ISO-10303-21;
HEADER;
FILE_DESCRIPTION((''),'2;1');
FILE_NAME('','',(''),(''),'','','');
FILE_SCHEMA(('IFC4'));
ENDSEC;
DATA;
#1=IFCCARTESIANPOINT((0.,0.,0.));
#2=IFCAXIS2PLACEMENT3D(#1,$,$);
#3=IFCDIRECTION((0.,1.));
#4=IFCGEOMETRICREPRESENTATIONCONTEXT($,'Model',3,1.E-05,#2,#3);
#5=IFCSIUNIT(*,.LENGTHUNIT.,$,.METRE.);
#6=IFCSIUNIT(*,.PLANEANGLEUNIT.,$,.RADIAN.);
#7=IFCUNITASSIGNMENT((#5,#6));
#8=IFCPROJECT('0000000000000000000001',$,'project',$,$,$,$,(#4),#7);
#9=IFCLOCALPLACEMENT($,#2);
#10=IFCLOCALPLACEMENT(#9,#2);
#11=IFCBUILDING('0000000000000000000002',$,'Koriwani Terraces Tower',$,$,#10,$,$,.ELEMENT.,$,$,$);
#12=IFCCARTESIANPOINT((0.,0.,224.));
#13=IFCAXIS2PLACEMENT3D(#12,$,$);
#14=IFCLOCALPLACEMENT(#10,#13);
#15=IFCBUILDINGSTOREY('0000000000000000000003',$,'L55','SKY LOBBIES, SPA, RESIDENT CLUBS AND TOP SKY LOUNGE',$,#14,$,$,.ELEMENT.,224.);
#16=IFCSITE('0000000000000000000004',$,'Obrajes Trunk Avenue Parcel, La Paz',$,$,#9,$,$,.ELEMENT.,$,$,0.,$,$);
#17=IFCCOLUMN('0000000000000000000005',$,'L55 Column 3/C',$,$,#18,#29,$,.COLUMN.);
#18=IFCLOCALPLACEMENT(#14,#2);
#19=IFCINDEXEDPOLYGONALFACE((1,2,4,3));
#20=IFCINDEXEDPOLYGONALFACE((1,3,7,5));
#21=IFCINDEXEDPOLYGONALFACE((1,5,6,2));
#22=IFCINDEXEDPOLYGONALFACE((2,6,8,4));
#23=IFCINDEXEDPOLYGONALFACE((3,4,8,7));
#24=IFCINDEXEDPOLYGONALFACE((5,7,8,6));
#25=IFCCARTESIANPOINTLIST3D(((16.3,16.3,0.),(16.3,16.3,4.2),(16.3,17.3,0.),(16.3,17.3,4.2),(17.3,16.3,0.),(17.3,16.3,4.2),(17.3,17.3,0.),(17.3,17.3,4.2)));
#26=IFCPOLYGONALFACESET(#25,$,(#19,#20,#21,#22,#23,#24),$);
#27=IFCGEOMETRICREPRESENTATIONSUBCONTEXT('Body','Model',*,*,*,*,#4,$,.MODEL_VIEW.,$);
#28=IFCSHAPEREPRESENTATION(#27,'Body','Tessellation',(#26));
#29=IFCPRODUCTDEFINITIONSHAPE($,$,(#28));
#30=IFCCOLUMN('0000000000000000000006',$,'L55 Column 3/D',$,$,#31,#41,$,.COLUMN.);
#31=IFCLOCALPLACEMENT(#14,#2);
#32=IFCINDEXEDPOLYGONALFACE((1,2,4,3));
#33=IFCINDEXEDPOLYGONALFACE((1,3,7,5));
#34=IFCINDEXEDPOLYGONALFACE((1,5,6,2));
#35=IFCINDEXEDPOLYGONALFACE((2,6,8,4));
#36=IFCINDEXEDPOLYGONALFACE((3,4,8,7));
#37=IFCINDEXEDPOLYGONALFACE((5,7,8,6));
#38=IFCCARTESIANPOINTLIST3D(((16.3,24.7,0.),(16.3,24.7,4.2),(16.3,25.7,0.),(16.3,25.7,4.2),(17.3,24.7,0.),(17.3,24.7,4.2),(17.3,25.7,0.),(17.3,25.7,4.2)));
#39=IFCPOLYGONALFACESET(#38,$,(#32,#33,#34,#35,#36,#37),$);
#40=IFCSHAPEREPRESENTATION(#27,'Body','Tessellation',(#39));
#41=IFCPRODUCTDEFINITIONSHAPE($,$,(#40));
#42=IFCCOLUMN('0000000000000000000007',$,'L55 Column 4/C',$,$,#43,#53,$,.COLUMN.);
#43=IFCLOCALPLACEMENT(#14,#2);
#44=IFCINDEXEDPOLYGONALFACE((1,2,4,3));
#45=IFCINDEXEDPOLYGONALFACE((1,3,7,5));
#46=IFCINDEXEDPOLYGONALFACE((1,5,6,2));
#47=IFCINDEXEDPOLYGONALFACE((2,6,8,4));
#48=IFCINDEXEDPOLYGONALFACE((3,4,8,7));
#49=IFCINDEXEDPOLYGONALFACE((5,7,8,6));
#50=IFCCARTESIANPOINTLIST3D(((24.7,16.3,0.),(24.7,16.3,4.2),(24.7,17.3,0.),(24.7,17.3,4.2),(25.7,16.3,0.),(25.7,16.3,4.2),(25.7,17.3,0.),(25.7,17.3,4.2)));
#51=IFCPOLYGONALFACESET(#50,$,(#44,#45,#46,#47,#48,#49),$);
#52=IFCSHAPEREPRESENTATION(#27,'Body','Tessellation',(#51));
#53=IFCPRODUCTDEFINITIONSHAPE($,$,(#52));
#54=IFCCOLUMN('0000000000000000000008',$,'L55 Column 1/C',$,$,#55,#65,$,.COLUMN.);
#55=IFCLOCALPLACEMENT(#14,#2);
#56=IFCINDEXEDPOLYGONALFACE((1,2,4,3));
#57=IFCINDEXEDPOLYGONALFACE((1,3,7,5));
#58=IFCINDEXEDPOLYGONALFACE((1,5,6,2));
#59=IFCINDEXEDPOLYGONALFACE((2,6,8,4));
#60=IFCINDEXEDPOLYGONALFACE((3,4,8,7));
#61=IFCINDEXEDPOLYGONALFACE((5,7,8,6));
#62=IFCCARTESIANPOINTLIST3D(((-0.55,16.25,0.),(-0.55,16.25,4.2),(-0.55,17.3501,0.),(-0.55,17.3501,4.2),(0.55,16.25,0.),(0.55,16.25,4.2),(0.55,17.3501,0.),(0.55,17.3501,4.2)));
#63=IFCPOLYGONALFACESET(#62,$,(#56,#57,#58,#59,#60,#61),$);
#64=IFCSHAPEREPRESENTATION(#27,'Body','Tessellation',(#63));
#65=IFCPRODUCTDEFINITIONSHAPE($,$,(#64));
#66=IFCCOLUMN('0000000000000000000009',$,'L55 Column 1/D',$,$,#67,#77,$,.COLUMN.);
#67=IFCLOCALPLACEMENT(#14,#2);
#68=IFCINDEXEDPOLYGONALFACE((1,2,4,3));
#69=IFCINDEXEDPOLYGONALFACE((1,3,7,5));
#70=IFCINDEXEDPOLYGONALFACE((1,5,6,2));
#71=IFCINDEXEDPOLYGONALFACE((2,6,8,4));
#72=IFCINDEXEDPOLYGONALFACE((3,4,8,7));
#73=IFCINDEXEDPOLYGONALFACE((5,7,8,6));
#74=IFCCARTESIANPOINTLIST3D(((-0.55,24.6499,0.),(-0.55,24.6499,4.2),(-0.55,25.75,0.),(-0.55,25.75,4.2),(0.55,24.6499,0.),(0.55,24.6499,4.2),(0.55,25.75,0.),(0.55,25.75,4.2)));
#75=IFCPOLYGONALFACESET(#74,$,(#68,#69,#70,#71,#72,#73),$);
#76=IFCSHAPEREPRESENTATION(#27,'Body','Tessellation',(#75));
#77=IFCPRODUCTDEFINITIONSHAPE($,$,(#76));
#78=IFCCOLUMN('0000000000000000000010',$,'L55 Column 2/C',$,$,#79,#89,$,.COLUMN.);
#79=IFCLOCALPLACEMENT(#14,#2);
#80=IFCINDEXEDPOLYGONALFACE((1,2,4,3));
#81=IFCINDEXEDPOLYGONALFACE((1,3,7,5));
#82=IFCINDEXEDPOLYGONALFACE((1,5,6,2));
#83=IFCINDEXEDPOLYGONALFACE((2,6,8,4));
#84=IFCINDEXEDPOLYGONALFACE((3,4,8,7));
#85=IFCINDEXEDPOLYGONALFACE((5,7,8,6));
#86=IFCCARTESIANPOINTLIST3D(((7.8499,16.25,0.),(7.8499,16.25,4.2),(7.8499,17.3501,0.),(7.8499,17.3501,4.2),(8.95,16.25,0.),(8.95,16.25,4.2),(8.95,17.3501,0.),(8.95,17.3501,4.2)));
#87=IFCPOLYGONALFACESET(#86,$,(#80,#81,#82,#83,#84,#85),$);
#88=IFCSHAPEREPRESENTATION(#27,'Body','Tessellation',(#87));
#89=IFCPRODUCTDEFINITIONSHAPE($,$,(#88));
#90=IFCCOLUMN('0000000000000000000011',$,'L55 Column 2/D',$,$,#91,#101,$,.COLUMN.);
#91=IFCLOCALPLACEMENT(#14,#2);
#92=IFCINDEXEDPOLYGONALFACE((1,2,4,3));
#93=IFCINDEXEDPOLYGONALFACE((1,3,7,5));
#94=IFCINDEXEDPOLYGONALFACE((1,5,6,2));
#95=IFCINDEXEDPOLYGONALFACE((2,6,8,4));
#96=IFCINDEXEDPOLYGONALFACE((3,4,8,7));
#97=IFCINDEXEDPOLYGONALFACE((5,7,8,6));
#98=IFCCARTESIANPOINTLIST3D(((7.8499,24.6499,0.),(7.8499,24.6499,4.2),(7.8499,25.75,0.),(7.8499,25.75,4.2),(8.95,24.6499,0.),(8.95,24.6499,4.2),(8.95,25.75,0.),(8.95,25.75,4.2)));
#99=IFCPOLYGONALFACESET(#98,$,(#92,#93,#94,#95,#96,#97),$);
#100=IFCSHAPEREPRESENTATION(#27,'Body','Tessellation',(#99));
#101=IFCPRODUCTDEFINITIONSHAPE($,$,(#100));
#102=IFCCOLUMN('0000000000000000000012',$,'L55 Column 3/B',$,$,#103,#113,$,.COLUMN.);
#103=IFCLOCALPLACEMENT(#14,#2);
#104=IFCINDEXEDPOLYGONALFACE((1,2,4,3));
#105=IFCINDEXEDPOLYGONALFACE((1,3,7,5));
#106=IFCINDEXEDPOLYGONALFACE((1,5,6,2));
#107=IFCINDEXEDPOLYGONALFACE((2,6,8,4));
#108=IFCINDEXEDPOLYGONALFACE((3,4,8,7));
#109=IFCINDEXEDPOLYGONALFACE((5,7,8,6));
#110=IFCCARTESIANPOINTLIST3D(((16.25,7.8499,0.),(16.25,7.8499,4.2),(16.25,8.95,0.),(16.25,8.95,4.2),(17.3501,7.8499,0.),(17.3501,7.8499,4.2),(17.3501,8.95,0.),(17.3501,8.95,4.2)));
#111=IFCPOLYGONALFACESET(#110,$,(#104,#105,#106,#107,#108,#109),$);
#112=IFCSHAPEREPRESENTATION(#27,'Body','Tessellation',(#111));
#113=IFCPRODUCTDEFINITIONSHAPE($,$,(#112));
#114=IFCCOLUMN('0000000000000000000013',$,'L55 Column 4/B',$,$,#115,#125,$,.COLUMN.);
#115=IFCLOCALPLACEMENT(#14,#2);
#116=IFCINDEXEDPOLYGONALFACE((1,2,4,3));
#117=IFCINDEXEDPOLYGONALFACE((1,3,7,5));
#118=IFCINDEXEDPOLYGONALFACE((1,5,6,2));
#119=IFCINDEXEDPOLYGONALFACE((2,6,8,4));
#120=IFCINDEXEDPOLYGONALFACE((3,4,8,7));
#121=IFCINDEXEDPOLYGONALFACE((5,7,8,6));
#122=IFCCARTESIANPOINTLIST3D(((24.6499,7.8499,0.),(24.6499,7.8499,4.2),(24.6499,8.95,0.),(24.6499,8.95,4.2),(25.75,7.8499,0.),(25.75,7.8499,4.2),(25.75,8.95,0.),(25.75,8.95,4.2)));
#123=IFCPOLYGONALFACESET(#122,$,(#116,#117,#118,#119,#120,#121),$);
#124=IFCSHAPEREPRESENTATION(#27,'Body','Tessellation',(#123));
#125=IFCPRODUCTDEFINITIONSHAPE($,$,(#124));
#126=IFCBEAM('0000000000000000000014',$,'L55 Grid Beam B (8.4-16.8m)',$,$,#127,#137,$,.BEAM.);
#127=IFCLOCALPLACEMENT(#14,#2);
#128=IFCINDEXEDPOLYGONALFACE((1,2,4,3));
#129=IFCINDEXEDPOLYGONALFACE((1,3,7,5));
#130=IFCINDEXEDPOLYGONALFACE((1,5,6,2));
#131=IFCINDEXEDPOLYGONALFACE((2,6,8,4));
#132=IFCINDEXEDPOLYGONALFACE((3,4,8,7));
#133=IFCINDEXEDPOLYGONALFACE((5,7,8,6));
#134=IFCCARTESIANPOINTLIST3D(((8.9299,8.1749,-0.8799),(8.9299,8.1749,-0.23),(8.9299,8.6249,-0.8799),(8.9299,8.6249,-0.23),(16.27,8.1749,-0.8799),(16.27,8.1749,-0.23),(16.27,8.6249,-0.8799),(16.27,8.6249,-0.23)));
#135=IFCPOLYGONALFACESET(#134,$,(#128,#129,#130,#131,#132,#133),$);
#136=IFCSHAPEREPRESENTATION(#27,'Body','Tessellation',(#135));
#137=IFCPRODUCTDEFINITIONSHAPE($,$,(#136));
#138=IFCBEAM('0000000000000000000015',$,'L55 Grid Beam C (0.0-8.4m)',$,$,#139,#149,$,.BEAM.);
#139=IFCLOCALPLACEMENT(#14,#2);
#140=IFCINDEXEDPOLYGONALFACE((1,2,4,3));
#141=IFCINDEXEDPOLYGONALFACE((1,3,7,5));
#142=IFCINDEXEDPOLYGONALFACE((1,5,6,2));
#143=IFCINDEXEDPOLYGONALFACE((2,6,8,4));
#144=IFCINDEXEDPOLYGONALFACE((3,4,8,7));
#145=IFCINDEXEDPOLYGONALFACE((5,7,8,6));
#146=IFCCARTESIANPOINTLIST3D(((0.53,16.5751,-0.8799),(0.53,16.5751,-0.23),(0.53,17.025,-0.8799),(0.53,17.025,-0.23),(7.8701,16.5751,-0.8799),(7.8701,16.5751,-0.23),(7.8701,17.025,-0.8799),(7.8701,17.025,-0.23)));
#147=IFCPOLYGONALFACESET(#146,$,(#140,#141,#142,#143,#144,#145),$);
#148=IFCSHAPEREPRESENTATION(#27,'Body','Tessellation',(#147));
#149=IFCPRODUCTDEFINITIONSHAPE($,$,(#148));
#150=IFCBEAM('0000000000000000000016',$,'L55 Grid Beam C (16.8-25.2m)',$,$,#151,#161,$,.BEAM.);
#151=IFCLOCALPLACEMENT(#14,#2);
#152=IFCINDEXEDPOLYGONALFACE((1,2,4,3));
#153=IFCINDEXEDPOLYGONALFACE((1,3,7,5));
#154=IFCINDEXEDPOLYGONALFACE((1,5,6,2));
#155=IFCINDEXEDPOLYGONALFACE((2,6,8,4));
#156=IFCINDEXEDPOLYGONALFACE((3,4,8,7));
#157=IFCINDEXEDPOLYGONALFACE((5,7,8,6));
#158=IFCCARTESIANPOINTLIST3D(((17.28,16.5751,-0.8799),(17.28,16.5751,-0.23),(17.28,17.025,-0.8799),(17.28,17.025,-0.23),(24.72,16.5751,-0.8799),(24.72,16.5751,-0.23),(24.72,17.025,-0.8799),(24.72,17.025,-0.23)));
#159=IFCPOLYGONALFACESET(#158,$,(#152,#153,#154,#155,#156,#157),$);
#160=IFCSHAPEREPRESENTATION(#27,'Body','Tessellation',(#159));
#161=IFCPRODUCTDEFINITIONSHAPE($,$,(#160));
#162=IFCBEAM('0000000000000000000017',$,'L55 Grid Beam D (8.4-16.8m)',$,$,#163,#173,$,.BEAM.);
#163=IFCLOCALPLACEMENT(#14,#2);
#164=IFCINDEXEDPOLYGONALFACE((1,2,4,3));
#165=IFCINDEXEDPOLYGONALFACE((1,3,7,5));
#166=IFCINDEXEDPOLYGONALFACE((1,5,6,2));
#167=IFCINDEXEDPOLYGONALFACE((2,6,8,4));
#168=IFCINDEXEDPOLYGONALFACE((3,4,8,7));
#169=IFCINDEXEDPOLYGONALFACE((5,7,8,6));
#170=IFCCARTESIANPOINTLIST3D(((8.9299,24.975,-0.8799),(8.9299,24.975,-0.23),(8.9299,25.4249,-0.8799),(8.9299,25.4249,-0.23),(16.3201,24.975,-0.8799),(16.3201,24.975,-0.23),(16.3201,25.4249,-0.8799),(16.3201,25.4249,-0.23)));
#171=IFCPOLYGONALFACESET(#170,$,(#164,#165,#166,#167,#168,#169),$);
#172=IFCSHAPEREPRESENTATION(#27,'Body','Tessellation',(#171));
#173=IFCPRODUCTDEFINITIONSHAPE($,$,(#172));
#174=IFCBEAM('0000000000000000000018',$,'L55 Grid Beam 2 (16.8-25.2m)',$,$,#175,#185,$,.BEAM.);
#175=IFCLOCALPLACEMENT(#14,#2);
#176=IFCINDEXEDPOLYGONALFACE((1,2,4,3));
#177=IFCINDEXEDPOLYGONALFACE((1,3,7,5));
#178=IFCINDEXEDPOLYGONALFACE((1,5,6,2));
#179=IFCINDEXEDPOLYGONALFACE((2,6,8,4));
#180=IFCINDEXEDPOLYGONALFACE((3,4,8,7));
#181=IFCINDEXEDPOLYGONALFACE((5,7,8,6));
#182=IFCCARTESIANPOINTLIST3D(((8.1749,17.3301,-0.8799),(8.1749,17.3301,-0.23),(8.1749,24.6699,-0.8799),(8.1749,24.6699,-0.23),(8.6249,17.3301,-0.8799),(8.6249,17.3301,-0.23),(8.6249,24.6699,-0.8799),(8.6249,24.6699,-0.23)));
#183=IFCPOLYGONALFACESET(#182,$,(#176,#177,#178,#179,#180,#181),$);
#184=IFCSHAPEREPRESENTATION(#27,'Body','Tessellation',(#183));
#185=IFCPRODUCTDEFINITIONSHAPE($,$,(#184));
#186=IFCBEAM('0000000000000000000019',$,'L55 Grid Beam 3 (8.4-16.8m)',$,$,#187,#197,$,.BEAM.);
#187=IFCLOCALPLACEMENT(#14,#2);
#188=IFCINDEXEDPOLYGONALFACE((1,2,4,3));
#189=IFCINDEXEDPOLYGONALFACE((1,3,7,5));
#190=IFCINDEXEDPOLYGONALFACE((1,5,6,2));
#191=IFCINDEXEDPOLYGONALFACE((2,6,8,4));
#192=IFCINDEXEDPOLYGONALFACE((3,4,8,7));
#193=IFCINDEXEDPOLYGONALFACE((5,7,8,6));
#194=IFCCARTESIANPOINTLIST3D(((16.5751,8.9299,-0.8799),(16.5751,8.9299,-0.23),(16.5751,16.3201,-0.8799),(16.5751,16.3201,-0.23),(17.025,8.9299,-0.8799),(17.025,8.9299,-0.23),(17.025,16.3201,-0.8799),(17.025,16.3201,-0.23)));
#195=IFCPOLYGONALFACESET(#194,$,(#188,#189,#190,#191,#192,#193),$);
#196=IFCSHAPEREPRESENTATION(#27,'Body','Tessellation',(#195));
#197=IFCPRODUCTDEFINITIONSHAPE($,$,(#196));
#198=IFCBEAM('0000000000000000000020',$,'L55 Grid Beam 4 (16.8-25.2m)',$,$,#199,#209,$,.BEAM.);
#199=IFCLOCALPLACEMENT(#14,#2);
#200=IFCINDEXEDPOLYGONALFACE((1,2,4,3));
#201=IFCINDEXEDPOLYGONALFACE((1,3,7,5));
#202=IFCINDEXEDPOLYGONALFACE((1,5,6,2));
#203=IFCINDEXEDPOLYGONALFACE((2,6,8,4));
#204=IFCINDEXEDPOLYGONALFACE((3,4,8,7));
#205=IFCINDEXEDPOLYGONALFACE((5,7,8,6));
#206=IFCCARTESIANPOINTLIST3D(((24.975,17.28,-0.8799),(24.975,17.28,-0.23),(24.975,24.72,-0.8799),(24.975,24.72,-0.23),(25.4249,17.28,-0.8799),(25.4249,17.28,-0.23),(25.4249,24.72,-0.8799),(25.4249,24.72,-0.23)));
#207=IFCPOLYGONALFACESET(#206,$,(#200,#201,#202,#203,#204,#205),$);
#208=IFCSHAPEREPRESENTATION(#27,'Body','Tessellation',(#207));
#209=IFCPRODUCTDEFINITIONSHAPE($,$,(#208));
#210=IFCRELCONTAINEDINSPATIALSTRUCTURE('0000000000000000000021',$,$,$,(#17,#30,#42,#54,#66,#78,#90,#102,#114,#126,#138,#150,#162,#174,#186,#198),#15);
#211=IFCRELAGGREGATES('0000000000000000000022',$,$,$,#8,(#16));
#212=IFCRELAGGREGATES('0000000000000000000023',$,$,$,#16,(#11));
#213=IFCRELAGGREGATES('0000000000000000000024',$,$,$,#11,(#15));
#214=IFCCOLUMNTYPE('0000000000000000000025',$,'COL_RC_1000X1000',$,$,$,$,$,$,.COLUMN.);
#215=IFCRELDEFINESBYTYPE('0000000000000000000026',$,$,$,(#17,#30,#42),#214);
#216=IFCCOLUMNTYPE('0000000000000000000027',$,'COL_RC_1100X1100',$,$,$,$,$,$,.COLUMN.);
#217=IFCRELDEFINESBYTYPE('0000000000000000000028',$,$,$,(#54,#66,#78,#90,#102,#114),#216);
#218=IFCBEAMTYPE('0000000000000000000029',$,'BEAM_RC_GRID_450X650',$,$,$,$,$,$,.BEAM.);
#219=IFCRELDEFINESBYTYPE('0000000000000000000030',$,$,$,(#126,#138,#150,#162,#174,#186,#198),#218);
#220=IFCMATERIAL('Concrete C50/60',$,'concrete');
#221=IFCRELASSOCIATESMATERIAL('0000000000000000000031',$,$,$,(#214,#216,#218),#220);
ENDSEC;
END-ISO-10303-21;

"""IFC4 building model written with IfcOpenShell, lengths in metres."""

from ifc_helpers import new_model, si_unit, direction, frame, origin, origin_2d, place, context, subcontext, project, spatial, rectangle, extrude, material, material_profile, profile_set, type_object, element, save


model = new_model("IFC4")

# Units and contexts
model_context = context("Model", 3, precision=1e-05, world=origin(), true_north=direction((0.0, 1.0)))
body_context = subcontext(model_context, "Body", "Model", "MODEL_VIEW")
ifc_project = project(units=[si_unit("LENGTHUNIT", "METRE"), si_unit("PLANEANGLEUNIT", "RADIAN")], contexts=[model_context])

# Site, building, storey
site_placement = place(None, origin())
site = spatial("IfcSite", under=ifc_project, at=site_placement, Name="Obrajes Trunk Avenue Parcel, La Paz", CompositionType="ELEMENT", RefElevation=0.0)
building_placement = place(site_placement, origin())
building = spatial("IfcBuilding", under=site, at=building_placement, Name="Koriwani Terraces Tower", CompositionType="ELEMENT")
storey_placement = place(building_placement, frame((0.0, 0.0, 224.0)))
storey = spatial("IfcBuildingStorey", under=building, at=storey_placement, Name="L55", Description="SKY LOBBIES, SPA, RESIDENT CLUBS AND TOP SKY LOUNGE", CompositionType="ELEMENT", Elevation=224.0)

# Columns
ifc_material_1 = material(Name="Concrete C50/60", Category="concrete")
ifc_material_profile_1 = material_profile(ifc_material_1, rectangle(XDim=1.0, YDim=1.0, at=origin_2d()), Name="Concrete C50/60", Category="LoadBearing")
ifc_profile_set_1 = profile_set([ifc_material_profile_1], Name="Concrete C50/60")
column_type_1 = type_object("IfcColumnType", Name="COL_RC_1000X1000", PredefinedType="COLUMN", material=ifc_profile_set_1)
for number, where, z_axis, x_axis, name in (
    (1, (16.8, 16.8, 0.0), (0.0, 0.0, 1.0), (1.0, 0.0, 0.0), "L55 Column 3/C"),
    (2, (16.8, 25.2, 0.0), (0.0, 0.0, 1.0), (1.0, 0.0, 0.0), "L55 Column 3/D"),
    (3, (25.2, 16.8, 0.0), (0.0, 0.0, 1.0), (1.0, 0.0, 0.0), "L55 Column 4/C"),
):
    element("IfcColumn", number, at=place(storey_placement, frame(where, z_axis=z_axis, x_axis=x_axis)), inside=storey, type_object=column_type_1, Name=name, PredefinedType="COLUMN", context=body_context, shape_type="SweptSolid", body=[
        extrude(rectangle(XDim=1.0, YDim=1.0, at=origin_2d()), origin(), (0.0, 0.0, 1.0), 4.2),
    ])
ifc_material_profile_2 = material_profile(ifc_material_1, rectangle(XDim=1.1001, YDim=1.1001, at=origin_2d()), Name="Concrete C50/60", Category="LoadBearing")
ifc_profile_set_2 = profile_set([ifc_material_profile_2], Name="Concrete C50/60")
column_type_2 = type_object("IfcColumnType", Name="COL_RC_1100X1100", PredefinedType="COLUMN", material=ifc_profile_set_2)
for number, where, z_axis, x_axis, name in (
    (4, (0.0, 16.8, 0.0), (0.0, 0.0, 1.0), (1.0, 0.0, 0.0), "L55 Column 1/C"),
    (5, (0.0, 25.2, 0.0), (0.0, 0.0, 1.0), (1.0, 0.0, 0.0), "L55 Column 1/D"),
    (6, (8.3999, 16.8, 0.0), (0.0, 0.0, 1.0), (1.0, 0.0, 0.0), "L55 Column 2/C"),
    (7, (8.3999, 25.2, 0.0), (0.0, 0.0, 1.0), (1.0, 0.0, 0.0), "L55 Column 2/D"),
    (8, (16.8, 8.3999, 0.0), (0.0, 0.0, 1.0), (1.0, 0.0, 0.0), "L55 Column 3/B"),
    (9, (25.2, 8.3999, 0.0), (0.0, 0.0, 1.0), (1.0, 0.0, 0.0), "L55 Column 4/B"),
):
    element("IfcColumn", number, at=place(storey_placement, frame(where, z_axis=z_axis, x_axis=x_axis)), inside=storey, type_object=column_type_2, Name=name, PredefinedType="COLUMN", context=body_context, shape_type="SweptSolid", body=[
        extrude(rectangle(XDim=1.1001, YDim=1.1001, at=origin_2d()), origin(), (0.0, 0.0, 1.0), 4.2),
    ])

# Beams
ifc_material_profile_3 = material_profile(ifc_material_1, rectangle(XDim=0.45, YDim=0.6499, at=origin_2d()), Name="Concrete C50/60", Category="LoadBearing")
ifc_profile_set_3 = profile_set([ifc_material_profile_3], Name="Concrete C50/60")
beam_type_1 = type_object("IfcBeamType", Name="BEAM_RC_GRID_450X650", PredefinedType="BEAM", material=ifc_profile_set_3)
for number, where, z_axis, x_axis, name in (
    (10, (8.9299, 8.3999, -0.5549), (1.0, 0.0, 0.0), (0.0, 1.0, 0.0), "L55 Grid Beam B (8.4-16.8m)"),
    (11, (0.53, 16.8, -0.5549), (1.0, 0.0, 0.0), (0.0, 1.0, 0.0), "L55 Grid Beam C (0.0-8.4m)"),
):
    element("IfcBeam", number, at=place(storey_placement, frame(where, z_axis=z_axis, x_axis=x_axis)), inside=storey, type_object=beam_type_1, Name=name, PredefinedType="BEAM", context=body_context, shape_type="SweptSolid", body=[
        extrude(rectangle(XDim=0.45, YDim=0.6499, at=origin_2d()), origin(), (0.0, 0.0, 1.0), 7.3401),
    ])
beam_1_placement = place(storey_placement, frame((17.28, 16.8, -0.5549), z_axis=(1.0, 0.0, 0.0), x_axis=(0.0, 1.0, 0.0)))
element("IfcBeam", 12, at=beam_1_placement, inside=storey, type_object=beam_type_1, Name="L55 Grid Beam C (16.8-25.2m)", PredefinedType="BEAM", context=body_context, shape_type="SweptSolid", body=[
    extrude(rectangle(XDim=0.45, YDim=0.6499, at=origin_2d()), origin(), (0.0, 0.0, 1.0), 7.4399),
])
beam_2_placement = place(storey_placement, frame((8.9299, 25.2, -0.5549), z_axis=(1.0, 0.0, 0.0), x_axis=(0.0, 1.0, 0.0)))
element("IfcBeam", 13, at=beam_2_placement, inside=storey, type_object=beam_type_1, Name="L55 Grid Beam D (8.4-16.8m)", PredefinedType="BEAM", context=body_context, shape_type="SweptSolid", body=[
    extrude(rectangle(XDim=0.45, YDim=0.6499, at=origin_2d()), origin(), (0.0, 0.0, 1.0), 7.3901),
])
beam_3_placement = place(storey_placement, frame((8.3999, 17.3301, -0.5549), z_axis=(0.0, 1.0, 0.0), x_axis=(-1.0, 0.0, 0.0)))
element("IfcBeam", 14, at=beam_3_placement, inside=storey, type_object=beam_type_1, Name="L55 Grid Beam 2 (16.8-25.2m)", PredefinedType="BEAM", context=body_context, shape_type="SweptSolid", body=[
    extrude(rectangle(XDim=0.45, YDim=0.6499, at=origin_2d()), origin(), (0.0, 0.0, 1.0), 7.3398),
])
beam_4_placement = place(storey_placement, frame((16.8, 8.9299, -0.5549), z_axis=(0.0, 1.0, 0.0), x_axis=(-1.0, 0.0, 0.0)))
element("IfcBeam", 15, at=beam_4_placement, inside=storey, type_object=beam_type_1, Name="L55 Grid Beam 3 (8.4-16.8m)", PredefinedType="BEAM", context=body_context, shape_type="SweptSolid", body=[
    extrude(rectangle(XDim=0.45, YDim=0.6499, at=origin_2d()), origin(), (0.0, 0.0, 1.0), 7.3901),
])
beam_5_placement = place(storey_placement, frame((25.2, 17.28, -0.5549), z_axis=(0.0, 1.0, 0.0), x_axis=(-1.0, 0.0, 0.0)))
element("IfcBeam", 16, at=beam_5_placement, inside=storey, type_object=beam_type_1, Name="L55 Grid Beam 4 (16.8-25.2m)", PredefinedType="BEAM", context=body_context, shape_type="SweptSolid", body=[
    extrude(rectangle(XDim=0.45, YDim=0.6499, at=origin_2d()), origin(), (0.0, 0.0, 1.0), 7.4399),
])

save(model, "model.ifc")
